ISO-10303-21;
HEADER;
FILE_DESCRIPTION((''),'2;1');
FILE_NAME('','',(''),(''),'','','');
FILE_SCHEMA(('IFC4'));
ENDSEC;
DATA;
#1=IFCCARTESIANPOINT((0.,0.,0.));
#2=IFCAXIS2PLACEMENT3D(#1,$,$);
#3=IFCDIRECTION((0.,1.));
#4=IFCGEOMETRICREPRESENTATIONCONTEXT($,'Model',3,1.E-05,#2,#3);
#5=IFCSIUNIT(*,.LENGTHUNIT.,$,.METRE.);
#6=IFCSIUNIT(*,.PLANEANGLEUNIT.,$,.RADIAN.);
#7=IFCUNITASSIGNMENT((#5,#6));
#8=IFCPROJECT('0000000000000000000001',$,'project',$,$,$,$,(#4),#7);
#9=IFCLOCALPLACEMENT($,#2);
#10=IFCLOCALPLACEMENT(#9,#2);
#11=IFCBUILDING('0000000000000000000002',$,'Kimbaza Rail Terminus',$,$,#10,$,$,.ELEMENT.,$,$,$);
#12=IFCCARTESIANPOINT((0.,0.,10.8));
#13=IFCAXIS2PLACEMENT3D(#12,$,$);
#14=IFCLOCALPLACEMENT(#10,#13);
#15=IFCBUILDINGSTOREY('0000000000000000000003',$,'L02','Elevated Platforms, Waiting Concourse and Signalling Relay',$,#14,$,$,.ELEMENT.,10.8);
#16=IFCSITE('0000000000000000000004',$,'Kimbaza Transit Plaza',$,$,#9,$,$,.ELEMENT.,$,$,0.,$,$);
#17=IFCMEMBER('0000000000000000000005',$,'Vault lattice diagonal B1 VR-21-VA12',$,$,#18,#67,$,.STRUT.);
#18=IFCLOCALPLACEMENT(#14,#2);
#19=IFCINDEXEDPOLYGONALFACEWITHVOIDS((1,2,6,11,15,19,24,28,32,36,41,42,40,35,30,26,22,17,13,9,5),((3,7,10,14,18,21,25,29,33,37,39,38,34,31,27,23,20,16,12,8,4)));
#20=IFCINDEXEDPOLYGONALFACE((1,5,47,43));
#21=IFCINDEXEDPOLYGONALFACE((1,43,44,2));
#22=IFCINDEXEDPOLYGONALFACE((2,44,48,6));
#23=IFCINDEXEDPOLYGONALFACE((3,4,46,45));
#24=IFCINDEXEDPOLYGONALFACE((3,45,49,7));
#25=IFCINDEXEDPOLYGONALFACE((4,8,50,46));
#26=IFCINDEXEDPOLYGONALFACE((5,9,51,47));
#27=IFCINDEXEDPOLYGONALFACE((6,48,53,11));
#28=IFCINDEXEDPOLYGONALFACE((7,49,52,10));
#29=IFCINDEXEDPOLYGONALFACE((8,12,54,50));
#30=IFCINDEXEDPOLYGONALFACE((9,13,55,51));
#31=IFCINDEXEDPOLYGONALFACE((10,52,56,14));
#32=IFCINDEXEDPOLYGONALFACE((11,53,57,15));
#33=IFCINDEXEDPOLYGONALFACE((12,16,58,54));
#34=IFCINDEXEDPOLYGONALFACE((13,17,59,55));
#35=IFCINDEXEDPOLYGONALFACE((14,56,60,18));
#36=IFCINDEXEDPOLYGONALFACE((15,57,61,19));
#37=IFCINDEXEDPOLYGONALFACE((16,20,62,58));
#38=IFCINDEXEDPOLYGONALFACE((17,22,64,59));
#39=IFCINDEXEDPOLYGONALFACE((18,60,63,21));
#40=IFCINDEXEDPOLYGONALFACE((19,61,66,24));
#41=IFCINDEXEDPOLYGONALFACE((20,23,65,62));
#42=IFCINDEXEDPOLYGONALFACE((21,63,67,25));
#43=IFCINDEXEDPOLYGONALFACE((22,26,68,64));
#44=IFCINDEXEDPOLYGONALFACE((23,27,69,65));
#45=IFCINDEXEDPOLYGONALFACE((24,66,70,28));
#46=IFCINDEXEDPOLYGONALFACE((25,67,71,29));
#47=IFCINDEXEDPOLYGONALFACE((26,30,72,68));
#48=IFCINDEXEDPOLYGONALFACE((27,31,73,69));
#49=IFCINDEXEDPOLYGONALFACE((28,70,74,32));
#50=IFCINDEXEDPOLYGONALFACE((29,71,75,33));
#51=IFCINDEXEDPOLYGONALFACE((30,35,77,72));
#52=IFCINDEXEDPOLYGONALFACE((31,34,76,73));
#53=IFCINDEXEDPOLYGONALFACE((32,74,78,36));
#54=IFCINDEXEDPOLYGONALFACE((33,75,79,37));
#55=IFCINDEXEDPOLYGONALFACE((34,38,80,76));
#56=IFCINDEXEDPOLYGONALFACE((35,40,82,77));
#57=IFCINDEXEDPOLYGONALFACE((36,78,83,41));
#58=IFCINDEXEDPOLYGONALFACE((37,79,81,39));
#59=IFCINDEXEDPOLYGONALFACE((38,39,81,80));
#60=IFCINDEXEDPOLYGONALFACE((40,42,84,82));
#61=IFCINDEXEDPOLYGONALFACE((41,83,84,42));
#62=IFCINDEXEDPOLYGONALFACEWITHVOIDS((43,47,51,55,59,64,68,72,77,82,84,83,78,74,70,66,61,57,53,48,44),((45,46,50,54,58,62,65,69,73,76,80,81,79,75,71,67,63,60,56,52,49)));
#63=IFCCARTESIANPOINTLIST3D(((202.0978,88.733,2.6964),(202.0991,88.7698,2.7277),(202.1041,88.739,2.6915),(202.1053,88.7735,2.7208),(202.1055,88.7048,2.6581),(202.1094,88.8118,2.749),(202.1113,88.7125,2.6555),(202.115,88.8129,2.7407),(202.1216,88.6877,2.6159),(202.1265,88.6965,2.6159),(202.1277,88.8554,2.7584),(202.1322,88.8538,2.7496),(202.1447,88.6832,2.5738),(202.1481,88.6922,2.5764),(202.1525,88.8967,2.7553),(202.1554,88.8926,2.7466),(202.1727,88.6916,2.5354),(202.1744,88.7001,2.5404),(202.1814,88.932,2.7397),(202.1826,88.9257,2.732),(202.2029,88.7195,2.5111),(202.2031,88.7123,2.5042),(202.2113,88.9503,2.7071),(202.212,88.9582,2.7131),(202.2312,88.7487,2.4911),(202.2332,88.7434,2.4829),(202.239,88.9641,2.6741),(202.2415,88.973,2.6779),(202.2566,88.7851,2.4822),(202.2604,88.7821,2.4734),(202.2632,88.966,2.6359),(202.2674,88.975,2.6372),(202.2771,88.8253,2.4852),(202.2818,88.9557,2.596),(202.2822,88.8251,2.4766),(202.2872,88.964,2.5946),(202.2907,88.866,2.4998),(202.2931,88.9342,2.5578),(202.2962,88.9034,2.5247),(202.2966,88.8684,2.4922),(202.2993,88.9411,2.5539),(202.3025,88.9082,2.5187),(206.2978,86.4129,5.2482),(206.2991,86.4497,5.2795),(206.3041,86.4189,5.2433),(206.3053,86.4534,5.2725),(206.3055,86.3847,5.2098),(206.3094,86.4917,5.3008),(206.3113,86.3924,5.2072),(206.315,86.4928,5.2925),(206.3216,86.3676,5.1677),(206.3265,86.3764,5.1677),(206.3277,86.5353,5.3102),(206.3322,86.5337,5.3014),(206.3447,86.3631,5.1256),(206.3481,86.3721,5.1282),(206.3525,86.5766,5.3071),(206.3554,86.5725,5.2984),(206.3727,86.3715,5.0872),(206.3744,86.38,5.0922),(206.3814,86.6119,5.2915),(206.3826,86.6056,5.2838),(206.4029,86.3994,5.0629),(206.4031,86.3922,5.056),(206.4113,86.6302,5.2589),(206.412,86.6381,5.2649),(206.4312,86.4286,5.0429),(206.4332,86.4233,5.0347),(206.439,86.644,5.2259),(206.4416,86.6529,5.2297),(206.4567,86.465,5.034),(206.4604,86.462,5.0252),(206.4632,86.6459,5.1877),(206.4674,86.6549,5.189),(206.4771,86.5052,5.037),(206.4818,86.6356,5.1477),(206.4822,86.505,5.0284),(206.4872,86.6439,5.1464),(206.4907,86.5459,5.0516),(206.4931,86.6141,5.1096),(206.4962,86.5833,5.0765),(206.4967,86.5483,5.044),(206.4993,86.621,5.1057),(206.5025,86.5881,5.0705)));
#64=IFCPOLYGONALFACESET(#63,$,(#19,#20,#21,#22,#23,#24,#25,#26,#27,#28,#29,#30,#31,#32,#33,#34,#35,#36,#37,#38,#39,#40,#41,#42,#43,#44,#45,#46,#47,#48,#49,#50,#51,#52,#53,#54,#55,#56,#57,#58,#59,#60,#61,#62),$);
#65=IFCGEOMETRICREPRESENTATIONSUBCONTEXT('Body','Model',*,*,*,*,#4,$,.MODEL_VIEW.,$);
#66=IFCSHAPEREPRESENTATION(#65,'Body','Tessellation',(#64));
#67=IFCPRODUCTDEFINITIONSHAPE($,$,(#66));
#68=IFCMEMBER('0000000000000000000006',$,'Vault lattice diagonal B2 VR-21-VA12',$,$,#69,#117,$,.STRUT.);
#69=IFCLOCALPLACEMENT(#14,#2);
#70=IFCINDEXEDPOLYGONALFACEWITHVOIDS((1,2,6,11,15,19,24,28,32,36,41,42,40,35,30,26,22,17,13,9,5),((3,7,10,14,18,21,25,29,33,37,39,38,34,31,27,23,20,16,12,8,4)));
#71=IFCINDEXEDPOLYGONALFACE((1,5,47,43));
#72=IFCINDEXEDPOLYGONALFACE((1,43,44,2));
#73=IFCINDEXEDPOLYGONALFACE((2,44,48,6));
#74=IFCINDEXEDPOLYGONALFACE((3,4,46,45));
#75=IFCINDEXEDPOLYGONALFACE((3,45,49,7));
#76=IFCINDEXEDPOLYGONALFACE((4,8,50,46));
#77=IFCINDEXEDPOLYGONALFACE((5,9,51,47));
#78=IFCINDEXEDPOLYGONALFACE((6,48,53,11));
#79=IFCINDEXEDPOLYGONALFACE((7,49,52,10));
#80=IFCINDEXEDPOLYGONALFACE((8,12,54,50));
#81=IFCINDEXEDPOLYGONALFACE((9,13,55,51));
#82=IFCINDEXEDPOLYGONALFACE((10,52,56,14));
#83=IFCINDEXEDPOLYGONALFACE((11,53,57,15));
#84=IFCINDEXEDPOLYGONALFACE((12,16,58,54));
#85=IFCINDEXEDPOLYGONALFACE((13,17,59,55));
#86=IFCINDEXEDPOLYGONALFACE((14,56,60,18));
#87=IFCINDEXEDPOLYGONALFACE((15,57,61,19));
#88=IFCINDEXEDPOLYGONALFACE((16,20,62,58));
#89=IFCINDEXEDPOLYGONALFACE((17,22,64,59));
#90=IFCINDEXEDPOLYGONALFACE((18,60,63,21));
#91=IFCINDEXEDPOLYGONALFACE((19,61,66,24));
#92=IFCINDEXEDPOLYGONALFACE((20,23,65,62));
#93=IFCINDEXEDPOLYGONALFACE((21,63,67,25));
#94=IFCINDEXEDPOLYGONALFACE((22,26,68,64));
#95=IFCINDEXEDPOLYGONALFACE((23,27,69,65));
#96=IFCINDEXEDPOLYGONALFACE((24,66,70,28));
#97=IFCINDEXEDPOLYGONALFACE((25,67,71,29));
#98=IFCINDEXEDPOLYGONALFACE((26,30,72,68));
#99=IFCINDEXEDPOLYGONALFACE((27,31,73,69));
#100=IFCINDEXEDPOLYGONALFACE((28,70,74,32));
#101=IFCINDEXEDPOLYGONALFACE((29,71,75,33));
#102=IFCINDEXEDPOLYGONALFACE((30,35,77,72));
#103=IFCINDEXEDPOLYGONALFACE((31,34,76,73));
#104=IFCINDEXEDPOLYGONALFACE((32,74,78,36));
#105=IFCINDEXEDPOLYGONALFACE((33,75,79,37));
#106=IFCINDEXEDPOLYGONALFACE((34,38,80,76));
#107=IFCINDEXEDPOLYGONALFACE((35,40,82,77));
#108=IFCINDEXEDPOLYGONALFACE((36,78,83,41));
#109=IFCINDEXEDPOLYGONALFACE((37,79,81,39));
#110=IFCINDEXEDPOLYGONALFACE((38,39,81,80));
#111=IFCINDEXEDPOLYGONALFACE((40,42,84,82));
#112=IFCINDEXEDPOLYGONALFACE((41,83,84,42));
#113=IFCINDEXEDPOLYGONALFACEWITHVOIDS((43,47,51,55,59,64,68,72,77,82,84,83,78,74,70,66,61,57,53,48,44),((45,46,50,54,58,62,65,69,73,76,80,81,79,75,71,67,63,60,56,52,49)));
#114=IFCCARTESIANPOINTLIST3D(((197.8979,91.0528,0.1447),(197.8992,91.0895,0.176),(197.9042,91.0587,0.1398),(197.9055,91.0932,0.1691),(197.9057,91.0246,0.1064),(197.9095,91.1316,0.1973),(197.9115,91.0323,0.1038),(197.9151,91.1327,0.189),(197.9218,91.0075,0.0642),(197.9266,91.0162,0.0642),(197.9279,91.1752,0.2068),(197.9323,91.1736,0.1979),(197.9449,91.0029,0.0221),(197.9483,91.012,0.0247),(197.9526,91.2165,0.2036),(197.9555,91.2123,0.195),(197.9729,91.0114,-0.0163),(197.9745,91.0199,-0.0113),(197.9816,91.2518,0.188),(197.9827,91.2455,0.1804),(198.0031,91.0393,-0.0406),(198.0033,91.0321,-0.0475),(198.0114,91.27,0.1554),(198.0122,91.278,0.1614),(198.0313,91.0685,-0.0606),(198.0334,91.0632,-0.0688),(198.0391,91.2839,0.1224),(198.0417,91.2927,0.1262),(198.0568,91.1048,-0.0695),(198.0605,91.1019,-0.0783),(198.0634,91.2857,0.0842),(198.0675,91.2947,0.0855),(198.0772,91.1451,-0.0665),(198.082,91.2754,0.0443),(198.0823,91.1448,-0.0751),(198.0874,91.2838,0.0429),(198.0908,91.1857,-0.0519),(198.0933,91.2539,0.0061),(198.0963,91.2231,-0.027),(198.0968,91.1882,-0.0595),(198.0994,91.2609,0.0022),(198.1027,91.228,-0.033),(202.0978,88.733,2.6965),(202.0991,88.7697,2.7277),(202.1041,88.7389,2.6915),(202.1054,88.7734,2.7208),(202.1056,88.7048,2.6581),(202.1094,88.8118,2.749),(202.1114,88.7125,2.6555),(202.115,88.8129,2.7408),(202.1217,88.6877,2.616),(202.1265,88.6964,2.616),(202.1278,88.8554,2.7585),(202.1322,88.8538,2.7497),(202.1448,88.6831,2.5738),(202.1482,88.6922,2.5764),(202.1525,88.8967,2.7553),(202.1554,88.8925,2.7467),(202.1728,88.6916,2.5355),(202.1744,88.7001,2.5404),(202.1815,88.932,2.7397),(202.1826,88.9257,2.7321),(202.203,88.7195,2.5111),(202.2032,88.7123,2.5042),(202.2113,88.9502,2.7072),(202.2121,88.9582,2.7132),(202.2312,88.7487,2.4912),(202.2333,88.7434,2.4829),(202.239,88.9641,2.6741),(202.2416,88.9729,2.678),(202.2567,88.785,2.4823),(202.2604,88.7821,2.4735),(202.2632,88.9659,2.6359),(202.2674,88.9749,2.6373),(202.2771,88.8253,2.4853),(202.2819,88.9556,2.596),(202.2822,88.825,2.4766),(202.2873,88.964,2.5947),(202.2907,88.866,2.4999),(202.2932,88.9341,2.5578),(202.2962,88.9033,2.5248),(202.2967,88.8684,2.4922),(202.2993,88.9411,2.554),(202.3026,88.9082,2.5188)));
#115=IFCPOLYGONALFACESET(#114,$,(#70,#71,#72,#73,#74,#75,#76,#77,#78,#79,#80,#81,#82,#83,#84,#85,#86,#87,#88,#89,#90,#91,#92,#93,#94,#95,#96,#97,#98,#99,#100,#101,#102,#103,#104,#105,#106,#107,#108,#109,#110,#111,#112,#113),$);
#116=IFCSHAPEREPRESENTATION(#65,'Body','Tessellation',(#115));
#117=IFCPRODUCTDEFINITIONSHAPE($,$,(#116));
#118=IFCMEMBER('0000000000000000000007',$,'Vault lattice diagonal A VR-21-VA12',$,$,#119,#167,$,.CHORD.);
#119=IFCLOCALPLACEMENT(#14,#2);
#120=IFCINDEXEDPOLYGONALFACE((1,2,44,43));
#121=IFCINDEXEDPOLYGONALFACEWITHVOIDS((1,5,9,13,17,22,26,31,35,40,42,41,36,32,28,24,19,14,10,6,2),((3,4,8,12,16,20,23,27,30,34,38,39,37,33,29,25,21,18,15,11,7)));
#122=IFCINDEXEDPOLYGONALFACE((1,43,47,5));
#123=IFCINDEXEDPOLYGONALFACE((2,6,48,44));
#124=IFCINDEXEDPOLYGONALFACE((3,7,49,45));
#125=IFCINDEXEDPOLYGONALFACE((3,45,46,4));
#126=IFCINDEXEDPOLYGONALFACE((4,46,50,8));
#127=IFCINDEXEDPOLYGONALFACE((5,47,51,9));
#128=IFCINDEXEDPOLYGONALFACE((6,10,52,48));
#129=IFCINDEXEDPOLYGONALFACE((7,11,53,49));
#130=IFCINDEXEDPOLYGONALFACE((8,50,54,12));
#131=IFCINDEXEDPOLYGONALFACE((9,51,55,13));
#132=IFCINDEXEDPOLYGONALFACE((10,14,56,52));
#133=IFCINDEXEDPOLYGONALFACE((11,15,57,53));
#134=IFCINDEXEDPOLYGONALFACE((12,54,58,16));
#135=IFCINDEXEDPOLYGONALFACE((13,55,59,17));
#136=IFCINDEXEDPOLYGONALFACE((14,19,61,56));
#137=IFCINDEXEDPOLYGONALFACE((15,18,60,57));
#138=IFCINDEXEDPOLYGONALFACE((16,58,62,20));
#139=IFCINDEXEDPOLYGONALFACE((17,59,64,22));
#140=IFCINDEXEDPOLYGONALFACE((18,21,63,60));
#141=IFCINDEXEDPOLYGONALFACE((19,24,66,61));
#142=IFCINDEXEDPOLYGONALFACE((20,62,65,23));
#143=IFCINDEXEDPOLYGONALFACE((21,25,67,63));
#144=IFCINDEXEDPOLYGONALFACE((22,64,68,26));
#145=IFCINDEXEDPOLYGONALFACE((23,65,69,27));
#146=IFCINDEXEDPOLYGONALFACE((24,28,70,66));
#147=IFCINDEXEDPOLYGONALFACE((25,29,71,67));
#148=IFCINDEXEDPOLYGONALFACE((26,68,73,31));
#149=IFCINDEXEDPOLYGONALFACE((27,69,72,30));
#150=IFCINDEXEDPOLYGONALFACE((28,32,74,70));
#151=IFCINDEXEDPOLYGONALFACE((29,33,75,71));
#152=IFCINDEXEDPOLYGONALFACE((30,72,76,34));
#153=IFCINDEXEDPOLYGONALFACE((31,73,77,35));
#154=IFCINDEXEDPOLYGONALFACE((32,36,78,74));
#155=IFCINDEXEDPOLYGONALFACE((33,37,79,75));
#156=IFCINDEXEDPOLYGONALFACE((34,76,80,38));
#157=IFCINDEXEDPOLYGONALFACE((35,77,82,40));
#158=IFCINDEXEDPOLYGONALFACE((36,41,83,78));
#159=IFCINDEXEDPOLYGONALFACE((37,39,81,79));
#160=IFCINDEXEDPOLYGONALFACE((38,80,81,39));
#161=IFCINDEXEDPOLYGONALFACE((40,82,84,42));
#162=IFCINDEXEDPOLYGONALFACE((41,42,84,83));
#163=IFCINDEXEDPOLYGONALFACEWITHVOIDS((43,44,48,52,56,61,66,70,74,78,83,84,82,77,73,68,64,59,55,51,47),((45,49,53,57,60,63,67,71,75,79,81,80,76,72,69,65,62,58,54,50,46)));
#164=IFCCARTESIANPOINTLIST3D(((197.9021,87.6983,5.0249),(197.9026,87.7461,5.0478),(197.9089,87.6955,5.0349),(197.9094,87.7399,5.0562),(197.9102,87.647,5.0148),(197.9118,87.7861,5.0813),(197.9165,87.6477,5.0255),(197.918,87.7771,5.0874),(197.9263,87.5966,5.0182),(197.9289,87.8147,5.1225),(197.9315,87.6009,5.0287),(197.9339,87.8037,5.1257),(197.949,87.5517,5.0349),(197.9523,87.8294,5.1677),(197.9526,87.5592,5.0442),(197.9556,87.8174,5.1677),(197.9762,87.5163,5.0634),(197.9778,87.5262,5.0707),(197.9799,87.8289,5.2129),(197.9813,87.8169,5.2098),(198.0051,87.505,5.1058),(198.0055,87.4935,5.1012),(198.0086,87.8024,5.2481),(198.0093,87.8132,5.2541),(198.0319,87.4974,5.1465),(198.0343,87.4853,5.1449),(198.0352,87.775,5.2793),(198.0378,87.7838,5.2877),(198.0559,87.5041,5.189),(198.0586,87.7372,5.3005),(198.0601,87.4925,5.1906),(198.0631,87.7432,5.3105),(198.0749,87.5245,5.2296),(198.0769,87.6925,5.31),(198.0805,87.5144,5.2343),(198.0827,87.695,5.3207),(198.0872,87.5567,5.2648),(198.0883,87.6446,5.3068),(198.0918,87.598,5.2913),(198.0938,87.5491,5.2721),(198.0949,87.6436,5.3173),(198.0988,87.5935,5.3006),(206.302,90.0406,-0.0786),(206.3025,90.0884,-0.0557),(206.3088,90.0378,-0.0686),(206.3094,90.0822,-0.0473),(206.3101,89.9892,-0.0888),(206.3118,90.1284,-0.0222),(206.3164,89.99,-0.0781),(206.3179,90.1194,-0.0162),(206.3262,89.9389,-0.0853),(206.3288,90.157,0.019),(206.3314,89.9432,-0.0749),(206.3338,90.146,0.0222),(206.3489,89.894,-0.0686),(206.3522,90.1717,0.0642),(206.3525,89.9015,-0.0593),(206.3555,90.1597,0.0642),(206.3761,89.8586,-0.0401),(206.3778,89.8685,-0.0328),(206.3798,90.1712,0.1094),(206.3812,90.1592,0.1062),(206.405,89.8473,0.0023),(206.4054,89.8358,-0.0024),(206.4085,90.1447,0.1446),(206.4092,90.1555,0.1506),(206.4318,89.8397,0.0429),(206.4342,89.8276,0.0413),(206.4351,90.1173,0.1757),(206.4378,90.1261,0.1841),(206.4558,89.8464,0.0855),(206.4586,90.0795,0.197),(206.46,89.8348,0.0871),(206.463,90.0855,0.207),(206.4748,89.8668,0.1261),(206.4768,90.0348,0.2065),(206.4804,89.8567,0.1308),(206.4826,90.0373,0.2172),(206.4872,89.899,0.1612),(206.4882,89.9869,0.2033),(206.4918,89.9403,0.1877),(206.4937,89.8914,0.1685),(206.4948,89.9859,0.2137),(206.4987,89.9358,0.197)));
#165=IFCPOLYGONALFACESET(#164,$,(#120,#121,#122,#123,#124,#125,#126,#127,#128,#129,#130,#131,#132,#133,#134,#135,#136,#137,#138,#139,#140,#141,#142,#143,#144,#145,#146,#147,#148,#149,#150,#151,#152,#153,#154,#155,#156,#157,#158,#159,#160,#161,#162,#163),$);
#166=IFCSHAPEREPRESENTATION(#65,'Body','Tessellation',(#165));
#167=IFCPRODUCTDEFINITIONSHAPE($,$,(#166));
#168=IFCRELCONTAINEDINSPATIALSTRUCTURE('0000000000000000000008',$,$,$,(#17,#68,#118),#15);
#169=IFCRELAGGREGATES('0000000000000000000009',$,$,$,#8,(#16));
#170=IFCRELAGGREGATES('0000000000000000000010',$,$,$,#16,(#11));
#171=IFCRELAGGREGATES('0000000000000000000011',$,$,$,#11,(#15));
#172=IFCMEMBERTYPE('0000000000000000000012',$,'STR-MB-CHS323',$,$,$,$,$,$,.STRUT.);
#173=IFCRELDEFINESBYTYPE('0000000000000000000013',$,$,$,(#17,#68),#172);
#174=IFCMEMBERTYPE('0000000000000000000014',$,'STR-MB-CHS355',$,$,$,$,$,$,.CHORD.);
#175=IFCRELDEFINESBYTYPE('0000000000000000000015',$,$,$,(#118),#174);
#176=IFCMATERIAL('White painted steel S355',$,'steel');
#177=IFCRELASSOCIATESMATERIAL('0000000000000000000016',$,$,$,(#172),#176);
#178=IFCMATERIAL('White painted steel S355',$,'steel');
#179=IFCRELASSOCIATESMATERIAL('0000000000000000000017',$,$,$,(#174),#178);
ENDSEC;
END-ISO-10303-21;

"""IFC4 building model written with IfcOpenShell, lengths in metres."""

from ifc_helpers import new_model, si_unit, direction, frame, origin, origin_2d, place, context, subcontext, project, spatial, hollow_circle, extrude, material, material_profile, profile_set, type_object, element, save


model = new_model("IFC4")

# Units and contexts
model_context = context("Model", 3, precision=1e-05, world=origin(), true_north=direction((0.0, 1.0)))
body_context = subcontext(model_context, "Body", "Model", "MODEL_VIEW")
ifc_project = project(units=[si_unit("LENGTHUNIT", "METRE"), si_unit("PLANEANGLEUNIT", "RADIAN")], contexts=[model_context])

# Site, building, storey
site_placement = place(None, origin())
site = spatial("IfcSite", under=ifc_project, at=site_placement, Name="Kimbaza Transit Plaza", CompositionType="ELEMENT", RefElevation=0.0)
building_placement = place(site_placement, origin())
building = spatial("IfcBuilding", under=site, at=building_placement, Name="Kimbaza Rail Terminus", CompositionType="ELEMENT")
storey_placement = place(building_placement, frame((0.0, 0.0, 10.8)))
storey = spatial("IfcBuildingStorey", under=building, at=storey_placement, Name="L02", Description="Elevated Platforms, Waiting Concourse and Signalling Relay", CompositionType="ELEMENT", Elevation=10.8)

# Members
ifc_material_1 = material(Name="White painted steel S355", Category="steel")
ifc_material_profile_1 = material_profile(ifc_material_1, hollow_circle(Radius=0.1619, WallThickness=0.01, at=origin_2d()), Name="CHS 323.9x10")
ifc_profile_set_1 = profile_set([ifc_material_profile_1], Name="White painted steel S355")
member_type_1 = type_object("IfcMemberType", Name="STR-MB-CHS323", PredefinedType="STRUT", material=ifc_profile_set_1)
member_1_placement = place(storey_placement, frame((206.3999, 86.5093, 5.1677), z_axis=(-0.772831, 0.426915, -0.469548), x_axis=(-0.483533, -0.875326, 0.0)))
element("IfcMember", 1, at=member_1_placement, inside=storey, type_object=member_type_1, Name="Vault lattice diagonal B1 VR-21-VA12", PredefinedType="STRUT", context=body_context, shape_type="SweptSolid", body=[
    extrude(hollow_circle(Radius=0.1619, WallThickness=0.01, at=origin_2d()), origin(), (0.0, 0.0, 1.0), 5.4346),
])
member_2_placement = place(storey_placement, frame((202.2, 88.8293, 2.616), z_axis=(-0.772846, 0.426878, -0.469557), x_axis=(-0.483494, -0.875348, 0.0)))
element("IfcMember", 2, at=member_2_placement, inside=storey, type_object=member_type_1, Name="Vault lattice diagonal B2 VR-21-VA12", PredefinedType="STRUT", context=body_context, shape_type="SweptSolid", body=[
    extrude(hollow_circle(Radius=0.1619, WallThickness=0.01, at=origin_2d()), origin(), (0.0, 0.0, 1.0), 5.4343),
])
ifc_material_2 = material(Name="White painted steel S355", Category="steel")
ifc_material_profile_2 = material_profile(ifc_material_2, hollow_circle(Radius=0.1777, WallThickness=0.0125, at=origin_2d()), Name="CHS 355.6x12.5")
ifc_profile_set_2 = profile_set([ifc_material_profile_2], Name="White painted steel S355")
member_type_2 = type_object("IfcMemberType", Name="STR-MB-CHS355", PredefinedType="CHORD", material=ifc_profile_set_2)
member_3_placement = place(storey_placement, frame((198.0, 87.6582, 5.1677), z_axis=(0.831345, 0.231818, -0.505099), x_axis=(-0.2686, 0.963252, 0.0)))
element("IfcMember", 3, at=member_3_placement, inside=storey, type_object=member_type_2, Name="Vault lattice diagonal A VR-21-VA12", PredefinedType="CHORD", context=body_context, shape_type="SweptSolid", body=[
    extrude(hollow_circle(Radius=0.1777, WallThickness=0.0125, at=origin_2d()), origin(), (0.0, 0.0, 1.0), 10.104),
])

save(model, "model.ifc")
